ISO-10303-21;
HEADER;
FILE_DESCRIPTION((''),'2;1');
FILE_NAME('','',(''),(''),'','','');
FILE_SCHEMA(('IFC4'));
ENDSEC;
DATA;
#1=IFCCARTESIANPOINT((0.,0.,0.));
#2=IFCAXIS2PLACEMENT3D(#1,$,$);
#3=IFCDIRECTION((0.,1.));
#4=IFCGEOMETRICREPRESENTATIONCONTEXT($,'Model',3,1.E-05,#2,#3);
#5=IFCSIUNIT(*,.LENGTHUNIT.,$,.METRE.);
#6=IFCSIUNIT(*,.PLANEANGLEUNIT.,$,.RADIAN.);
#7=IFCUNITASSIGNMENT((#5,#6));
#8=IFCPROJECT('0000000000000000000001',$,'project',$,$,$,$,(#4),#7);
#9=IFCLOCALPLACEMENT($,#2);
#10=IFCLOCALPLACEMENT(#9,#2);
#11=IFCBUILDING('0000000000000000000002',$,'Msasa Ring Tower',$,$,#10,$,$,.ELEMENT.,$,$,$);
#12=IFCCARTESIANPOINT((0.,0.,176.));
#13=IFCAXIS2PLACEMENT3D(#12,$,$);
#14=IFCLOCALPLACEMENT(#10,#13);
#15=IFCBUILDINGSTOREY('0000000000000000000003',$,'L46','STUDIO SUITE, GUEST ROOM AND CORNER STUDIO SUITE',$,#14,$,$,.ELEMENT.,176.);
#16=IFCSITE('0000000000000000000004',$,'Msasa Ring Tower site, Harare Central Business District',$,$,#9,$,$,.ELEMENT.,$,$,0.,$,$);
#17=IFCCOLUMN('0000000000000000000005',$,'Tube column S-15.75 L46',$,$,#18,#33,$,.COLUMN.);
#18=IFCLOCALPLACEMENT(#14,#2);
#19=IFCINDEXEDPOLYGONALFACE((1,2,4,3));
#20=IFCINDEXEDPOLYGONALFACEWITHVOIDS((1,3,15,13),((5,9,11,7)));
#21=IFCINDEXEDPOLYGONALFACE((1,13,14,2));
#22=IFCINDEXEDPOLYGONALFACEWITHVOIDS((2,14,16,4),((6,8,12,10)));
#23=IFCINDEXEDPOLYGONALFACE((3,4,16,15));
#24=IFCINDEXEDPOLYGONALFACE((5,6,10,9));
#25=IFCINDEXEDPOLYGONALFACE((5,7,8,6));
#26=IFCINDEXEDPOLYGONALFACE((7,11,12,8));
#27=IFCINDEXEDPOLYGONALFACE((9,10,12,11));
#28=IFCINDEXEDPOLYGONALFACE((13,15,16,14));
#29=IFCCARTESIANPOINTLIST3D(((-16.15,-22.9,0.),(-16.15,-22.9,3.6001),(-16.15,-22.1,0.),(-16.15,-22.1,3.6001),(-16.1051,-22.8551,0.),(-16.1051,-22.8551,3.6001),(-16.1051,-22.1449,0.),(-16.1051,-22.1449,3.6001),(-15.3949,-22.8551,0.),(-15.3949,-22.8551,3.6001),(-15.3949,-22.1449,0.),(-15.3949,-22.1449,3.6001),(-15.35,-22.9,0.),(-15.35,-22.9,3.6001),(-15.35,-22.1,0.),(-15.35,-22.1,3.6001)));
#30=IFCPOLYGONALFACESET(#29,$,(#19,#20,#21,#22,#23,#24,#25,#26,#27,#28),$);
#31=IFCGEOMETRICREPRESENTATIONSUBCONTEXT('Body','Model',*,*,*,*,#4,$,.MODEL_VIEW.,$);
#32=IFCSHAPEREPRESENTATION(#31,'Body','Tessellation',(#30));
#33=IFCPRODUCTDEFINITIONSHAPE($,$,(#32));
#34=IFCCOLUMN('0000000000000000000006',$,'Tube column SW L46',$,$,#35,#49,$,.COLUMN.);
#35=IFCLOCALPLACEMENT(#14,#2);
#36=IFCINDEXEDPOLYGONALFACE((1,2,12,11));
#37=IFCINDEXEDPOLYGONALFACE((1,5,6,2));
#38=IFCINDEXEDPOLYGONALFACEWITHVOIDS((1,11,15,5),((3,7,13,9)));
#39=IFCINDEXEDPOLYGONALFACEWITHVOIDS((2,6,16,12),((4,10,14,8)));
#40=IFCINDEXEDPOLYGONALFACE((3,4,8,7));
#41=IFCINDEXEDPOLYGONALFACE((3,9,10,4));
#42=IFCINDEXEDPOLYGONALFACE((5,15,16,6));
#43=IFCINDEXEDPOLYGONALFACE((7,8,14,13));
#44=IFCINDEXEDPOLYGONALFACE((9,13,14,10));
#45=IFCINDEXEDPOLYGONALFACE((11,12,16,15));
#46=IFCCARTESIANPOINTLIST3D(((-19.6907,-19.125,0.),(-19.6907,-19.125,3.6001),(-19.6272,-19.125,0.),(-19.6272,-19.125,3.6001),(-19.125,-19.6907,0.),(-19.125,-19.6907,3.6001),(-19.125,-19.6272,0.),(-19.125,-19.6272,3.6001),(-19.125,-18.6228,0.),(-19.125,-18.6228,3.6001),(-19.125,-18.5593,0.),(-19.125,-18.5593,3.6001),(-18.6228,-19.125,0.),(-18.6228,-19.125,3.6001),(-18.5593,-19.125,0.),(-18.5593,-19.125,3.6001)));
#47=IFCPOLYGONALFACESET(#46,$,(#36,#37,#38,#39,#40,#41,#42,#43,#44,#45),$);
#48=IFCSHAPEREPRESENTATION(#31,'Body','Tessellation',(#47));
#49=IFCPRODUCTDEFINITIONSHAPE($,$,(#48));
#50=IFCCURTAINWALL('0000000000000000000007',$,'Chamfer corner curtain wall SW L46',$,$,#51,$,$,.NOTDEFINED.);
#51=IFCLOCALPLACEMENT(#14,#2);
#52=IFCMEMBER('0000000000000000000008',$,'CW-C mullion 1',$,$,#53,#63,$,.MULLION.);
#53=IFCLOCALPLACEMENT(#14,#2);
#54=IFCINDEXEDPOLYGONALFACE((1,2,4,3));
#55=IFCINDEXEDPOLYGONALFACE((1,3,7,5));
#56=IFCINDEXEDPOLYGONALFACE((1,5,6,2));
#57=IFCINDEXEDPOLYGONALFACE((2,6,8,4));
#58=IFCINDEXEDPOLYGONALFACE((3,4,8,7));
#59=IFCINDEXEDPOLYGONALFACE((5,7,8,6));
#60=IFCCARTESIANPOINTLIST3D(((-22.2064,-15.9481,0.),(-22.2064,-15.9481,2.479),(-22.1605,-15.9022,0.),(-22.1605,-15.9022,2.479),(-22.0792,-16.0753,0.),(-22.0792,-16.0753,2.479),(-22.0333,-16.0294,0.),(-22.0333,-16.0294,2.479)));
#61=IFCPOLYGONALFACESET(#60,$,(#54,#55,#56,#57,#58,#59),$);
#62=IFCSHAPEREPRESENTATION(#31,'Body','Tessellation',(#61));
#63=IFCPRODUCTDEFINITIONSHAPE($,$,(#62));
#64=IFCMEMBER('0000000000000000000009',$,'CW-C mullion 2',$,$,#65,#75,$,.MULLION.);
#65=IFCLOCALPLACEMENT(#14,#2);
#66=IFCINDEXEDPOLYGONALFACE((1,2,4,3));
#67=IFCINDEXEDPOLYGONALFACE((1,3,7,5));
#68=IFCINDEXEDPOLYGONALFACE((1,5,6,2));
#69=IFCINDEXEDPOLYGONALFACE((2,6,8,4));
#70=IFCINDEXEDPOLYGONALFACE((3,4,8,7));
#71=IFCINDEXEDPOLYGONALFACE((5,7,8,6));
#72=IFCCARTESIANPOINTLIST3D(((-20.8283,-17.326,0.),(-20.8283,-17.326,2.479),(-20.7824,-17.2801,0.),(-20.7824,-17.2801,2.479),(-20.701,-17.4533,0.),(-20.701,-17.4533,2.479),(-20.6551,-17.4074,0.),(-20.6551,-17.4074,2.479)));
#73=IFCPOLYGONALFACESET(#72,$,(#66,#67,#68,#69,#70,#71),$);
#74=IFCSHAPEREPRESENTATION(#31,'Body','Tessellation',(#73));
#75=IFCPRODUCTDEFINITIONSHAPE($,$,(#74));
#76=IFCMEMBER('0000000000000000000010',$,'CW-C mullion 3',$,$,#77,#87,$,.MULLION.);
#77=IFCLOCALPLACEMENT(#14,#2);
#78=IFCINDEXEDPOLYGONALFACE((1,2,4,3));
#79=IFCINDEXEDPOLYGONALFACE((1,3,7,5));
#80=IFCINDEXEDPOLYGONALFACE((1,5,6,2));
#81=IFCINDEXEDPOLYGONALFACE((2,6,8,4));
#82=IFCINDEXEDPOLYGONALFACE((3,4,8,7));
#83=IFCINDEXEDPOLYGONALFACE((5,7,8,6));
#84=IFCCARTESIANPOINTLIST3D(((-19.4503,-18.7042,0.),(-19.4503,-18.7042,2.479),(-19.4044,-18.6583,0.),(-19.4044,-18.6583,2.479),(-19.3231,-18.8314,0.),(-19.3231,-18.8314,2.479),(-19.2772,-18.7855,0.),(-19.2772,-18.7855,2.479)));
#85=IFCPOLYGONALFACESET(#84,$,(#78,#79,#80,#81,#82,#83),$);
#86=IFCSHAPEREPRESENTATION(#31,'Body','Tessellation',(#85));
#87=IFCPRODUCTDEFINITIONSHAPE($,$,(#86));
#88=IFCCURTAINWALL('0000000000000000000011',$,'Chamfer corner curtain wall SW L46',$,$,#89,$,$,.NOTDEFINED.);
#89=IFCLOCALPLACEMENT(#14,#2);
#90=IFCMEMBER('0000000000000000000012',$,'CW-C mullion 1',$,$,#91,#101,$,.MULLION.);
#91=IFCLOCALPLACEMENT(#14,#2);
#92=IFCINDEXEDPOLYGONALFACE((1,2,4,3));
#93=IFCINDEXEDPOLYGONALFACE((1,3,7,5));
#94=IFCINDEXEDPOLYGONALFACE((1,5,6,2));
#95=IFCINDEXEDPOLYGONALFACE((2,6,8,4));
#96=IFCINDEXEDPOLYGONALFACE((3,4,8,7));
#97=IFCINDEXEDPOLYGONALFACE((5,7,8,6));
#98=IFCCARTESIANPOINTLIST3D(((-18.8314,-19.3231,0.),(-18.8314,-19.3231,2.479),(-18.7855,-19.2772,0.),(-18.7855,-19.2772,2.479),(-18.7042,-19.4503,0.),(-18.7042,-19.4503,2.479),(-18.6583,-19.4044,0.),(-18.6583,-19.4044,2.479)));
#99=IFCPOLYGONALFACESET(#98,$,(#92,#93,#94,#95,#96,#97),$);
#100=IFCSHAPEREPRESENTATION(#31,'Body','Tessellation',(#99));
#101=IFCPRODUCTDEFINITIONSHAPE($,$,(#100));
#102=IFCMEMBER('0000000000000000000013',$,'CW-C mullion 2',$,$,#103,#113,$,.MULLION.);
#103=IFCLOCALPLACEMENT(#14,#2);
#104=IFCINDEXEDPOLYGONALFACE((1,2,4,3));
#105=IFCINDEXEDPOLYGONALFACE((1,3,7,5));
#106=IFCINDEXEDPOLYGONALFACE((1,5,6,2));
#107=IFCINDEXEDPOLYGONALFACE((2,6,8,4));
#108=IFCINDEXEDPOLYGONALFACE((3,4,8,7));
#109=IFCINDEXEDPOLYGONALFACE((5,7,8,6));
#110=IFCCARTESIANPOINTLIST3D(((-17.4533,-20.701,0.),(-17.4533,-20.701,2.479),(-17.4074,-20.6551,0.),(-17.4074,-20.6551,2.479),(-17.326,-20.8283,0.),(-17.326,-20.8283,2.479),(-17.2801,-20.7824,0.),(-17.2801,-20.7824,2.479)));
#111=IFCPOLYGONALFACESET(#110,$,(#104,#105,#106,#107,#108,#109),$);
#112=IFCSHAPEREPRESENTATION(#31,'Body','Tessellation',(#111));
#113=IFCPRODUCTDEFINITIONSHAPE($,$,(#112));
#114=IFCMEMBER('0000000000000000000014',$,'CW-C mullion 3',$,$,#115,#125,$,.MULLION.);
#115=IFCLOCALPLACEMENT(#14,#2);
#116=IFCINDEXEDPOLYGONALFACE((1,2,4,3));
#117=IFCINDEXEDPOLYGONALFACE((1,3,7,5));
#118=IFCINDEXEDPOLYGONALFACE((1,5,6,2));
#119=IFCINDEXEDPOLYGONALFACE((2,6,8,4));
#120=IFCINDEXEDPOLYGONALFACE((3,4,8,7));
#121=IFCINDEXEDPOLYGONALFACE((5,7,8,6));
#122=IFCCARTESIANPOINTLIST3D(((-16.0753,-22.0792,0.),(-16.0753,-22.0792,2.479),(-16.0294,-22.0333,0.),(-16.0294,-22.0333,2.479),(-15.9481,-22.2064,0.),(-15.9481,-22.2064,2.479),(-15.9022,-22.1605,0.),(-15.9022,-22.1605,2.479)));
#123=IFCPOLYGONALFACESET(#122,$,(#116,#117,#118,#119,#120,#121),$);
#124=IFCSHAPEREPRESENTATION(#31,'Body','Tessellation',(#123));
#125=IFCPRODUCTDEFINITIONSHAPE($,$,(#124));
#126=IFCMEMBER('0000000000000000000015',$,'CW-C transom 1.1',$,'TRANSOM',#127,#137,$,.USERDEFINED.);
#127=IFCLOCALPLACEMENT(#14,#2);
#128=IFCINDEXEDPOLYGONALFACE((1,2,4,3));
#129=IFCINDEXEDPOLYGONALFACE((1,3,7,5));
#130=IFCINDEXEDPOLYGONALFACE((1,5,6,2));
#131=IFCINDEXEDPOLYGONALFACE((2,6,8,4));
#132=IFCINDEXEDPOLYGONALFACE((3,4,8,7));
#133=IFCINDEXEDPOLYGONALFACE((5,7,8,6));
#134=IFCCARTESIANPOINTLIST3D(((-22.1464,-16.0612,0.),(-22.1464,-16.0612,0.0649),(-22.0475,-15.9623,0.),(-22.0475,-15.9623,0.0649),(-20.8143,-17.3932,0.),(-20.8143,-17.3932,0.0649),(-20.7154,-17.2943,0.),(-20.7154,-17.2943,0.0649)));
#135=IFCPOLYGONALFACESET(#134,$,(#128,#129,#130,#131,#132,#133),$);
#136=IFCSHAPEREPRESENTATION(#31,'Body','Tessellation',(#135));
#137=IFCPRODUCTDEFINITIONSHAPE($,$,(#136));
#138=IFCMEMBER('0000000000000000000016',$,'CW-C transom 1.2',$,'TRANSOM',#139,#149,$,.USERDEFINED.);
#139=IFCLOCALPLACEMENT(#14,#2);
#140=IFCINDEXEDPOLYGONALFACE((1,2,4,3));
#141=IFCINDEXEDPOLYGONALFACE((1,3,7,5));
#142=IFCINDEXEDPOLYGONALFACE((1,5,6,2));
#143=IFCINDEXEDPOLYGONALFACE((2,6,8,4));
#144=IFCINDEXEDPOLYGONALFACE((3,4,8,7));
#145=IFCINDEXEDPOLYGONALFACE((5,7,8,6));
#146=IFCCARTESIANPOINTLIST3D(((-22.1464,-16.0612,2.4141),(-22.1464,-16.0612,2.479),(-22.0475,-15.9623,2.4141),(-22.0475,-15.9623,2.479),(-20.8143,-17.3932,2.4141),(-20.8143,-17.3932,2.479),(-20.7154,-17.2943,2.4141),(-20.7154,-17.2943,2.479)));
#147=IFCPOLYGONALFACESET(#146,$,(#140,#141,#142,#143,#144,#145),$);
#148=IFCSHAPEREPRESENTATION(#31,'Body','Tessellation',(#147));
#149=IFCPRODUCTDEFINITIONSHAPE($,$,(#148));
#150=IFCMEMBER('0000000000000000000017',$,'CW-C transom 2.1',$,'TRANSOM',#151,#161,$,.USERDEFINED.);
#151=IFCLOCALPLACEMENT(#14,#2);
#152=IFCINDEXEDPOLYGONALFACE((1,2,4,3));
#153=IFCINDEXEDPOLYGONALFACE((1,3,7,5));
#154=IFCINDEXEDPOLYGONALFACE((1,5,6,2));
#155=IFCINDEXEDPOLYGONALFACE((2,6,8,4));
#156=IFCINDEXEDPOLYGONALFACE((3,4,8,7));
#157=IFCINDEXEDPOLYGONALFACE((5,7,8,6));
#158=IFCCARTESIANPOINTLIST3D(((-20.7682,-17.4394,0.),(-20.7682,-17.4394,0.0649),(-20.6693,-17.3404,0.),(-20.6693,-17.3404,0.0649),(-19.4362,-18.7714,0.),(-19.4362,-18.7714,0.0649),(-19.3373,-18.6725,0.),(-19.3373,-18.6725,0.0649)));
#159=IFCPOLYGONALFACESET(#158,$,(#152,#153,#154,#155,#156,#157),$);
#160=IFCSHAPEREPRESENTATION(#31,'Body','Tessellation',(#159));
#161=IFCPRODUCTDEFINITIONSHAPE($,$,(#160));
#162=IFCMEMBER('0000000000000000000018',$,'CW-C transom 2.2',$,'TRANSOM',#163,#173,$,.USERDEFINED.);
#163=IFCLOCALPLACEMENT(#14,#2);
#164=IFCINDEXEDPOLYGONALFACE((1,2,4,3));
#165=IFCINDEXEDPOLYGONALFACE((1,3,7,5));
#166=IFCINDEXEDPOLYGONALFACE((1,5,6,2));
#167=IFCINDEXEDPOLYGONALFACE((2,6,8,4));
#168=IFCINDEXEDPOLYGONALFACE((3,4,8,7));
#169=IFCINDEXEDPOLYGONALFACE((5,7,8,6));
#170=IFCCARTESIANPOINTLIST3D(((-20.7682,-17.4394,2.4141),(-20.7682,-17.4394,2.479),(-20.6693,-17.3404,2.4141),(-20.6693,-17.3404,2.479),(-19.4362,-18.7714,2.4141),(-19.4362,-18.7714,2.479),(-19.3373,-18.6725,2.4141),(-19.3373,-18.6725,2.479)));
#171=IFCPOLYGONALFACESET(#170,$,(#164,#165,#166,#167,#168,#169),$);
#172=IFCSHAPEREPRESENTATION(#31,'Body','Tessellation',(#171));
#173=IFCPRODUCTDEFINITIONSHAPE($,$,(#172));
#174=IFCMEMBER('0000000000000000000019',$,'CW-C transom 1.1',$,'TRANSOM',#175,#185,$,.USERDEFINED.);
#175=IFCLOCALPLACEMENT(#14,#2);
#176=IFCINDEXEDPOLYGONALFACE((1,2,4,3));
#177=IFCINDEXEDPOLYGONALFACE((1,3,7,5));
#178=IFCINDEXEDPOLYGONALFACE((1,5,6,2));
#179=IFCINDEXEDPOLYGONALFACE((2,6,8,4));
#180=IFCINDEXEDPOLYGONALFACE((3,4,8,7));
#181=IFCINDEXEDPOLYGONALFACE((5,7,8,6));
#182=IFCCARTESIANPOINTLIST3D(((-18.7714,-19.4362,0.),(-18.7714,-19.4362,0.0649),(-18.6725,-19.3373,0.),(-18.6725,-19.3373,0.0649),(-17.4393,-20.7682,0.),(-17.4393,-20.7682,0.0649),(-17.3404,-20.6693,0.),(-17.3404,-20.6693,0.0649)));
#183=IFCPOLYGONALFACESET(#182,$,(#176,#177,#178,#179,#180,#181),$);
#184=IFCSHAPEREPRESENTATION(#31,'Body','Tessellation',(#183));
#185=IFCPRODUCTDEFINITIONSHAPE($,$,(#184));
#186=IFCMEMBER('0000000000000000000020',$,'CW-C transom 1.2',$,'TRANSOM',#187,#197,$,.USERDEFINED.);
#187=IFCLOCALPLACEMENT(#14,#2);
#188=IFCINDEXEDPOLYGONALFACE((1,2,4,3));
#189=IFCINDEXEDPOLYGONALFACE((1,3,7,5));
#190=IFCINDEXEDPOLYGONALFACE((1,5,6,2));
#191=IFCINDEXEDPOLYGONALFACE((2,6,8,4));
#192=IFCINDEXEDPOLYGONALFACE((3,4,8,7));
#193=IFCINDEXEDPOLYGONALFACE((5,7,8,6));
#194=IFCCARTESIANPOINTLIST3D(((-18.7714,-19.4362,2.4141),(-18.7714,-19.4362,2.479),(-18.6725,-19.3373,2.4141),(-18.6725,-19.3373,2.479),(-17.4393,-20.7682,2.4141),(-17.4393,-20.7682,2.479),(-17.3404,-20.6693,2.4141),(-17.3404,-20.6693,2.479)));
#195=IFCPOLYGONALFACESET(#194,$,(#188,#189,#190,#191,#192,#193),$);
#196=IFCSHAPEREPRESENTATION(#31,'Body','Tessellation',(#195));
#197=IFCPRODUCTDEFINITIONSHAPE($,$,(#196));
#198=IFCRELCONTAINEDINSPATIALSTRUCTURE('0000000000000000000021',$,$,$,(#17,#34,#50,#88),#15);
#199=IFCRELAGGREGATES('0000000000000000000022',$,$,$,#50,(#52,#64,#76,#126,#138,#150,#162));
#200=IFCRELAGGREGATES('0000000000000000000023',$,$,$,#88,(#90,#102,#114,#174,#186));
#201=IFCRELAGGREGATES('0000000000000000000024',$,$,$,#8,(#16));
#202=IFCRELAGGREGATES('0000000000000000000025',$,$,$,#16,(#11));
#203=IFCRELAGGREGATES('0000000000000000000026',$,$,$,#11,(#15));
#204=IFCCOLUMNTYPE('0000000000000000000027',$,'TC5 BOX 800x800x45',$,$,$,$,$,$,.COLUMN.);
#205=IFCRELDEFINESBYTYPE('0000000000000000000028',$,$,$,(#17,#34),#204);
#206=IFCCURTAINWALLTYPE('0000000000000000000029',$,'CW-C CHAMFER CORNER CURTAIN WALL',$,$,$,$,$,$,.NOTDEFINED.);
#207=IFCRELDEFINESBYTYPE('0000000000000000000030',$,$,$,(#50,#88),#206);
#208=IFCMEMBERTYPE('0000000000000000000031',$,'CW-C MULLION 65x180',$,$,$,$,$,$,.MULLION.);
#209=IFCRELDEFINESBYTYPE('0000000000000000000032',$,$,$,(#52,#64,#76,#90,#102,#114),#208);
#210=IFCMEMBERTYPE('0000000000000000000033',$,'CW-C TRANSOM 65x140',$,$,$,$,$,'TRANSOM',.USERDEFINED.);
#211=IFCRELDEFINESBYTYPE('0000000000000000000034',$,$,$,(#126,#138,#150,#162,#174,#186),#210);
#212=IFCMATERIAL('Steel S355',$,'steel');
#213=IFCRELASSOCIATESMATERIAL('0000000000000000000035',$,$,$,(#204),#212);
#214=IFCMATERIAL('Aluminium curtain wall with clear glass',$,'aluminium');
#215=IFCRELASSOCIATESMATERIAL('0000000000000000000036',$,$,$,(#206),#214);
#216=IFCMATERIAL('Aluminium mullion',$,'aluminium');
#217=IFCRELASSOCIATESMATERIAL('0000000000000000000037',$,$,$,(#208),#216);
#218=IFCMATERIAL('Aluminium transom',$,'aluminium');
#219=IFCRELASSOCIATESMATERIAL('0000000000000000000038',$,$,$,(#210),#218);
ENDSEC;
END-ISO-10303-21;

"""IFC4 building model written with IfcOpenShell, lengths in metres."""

from ifc_helpers import new_model, si_unit, direction, frame, origin, origin_2d, place, context, subcontext, project, spatial, rectangle, hollow_rectangle, extrude, material, material_profile, profile_set, type_object, element, aggregate, save


model = new_model("IFC4")

# Units and contexts
model_context = context("Model", 3, precision=1e-05, world=origin(), true_north=direction((0.0, 1.0)))
body_context = subcontext(model_context, "Body", "Model", "MODEL_VIEW")
ifc_project = project(units=[si_unit("LENGTHUNIT", "METRE"), si_unit("PLANEANGLEUNIT", "RADIAN")], contexts=[model_context])

# Site, building, storey
site_placement = place(None, origin())
site = spatial("IfcSite", under=ifc_project, at=site_placement, Name="Msasa Ring Tower site, Harare Central Business District", CompositionType="ELEMENT", RefElevation=0.0)
building_placement = place(site_placement, origin())
building = spatial("IfcBuilding", under=site, at=building_placement, Name="Msasa Ring Tower", CompositionType="ELEMENT")
storey_placement = place(building_placement, frame((0.0, 0.0, 176.0)))
storey = spatial("IfcBuildingStorey", under=building, at=storey_placement, Name="L46", Description="STUDIO SUITE, GUEST ROOM AND CORNER STUDIO SUITE", CompositionType="ELEMENT", Elevation=176.0)

# Columns
ifc_material_1 = material(Name="Steel S355", Category="steel")
ifc_material_profile_1 = material_profile(ifc_material_1, hollow_rectangle(XDim=0.8, YDim=0.8, WallThickness=0.0449, at=origin_2d()), Name="BOX 800x800x45")
ifc_profile_set_1 = profile_set([ifc_material_profile_1], Name="Steel S355")
column_type = type_object("IfcColumnType", Name="TC5 BOX 800x800x45", PredefinedType="COLUMN", material=ifc_profile_set_1)
for number, where, z_axis, x_axis, name in (
    (1, (-15.75, -22.5, 0.0), (0.0, 0.0, 1.0), (0.0, 1.0, 0.0), "Tube column S-15.75 L46"),
    (2, (-19.125, -19.125, 0.0), (0.0, 0.0, 1.0), (0.707107, 0.707107, 0.0), "Tube column SW L46"),
):
    element("IfcColumn", number, at=place(storey_placement, frame(where, z_axis=z_axis, x_axis=x_axis)), inside=storey, type_object=column_type, Name=name, PredefinedType="COLUMN", context=body_context, shape_type="SweptSolid", body=[
        extrude(hollow_rectangle(XDim=0.8, YDim=0.8, WallThickness=0.0449, at=origin_2d()), origin(), (0.0, 0.0, 1.0), 3.6001),
    ])

# Curtain walls, members
ifc_material_2 = material(Name="Aluminium curtain wall with clear glass", Category="aluminium")
curtain_wall_type = type_object("IfcCurtainWallType", Name="CW-C CHAMFER CORNER CURTAIN WALL", PredefinedType="NOTDEFINED", material=ifc_material_2)
curtain_wall_1_placement = place(storey_placement, origin())
curtain_wall_1 = element("IfcCurtainWall", 3, at=curtain_wall_1_placement, inside=storey, type_object=curtain_wall_type, Name="Chamfer corner curtain wall SW L46", PredefinedType="NOTDEFINED")
ifc_material_3 = material(Name="Aluminium mullion", Category="aluminium")
ifc_material_profile_2 = material_profile(ifc_material_3, rectangle(XDim=0.0649, YDim=0.1799, at=origin_2d()), Name="AL 65x180")
ifc_profile_set_2 = profile_set([ifc_material_profile_2], Name="Aluminium mullion")
member_type_1 = type_object("IfcMemberType", Name="CW-C MULLION 65x180", PredefinedType="MULLION", material=ifc_profile_set_2)
member_1_placement = place(storey_placement, frame((-22.1199, -15.9888, 0.0), z_axis=(0.0, 0.0, 1.0), x_axis=(0.707107, 0.707107, 0.0)))
member_1 = element("IfcMember", 4, at=member_1_placement, type_object=member_type_1, Name="CW-C mullion 1", PredefinedType="MULLION", context=body_context, shape_type="SweptSolid", body=[
    extrude(rectangle(XDim=0.0649, YDim=0.1799, at=origin_2d()), origin(), (0.0, 0.0, 1.0), 2.479),
])
member_2_placement = place(storey_placement, frame((-20.7417, -17.3667, 0.0), z_axis=(0.0, 0.0, 1.0), x_axis=(0.707107, 0.707107, 0.0)))
member_2 = element("IfcMember", 5, at=member_2_placement, type_object=member_type_1, Name="CW-C mullion 2", PredefinedType="MULLION", context=body_context, shape_type="SweptSolid", body=[
    extrude(rectangle(XDim=0.0649, YDim=0.1799, at=origin_2d()), origin(), (0.0, 0.0, 1.0), 2.479),
])
member_3_placement = place(storey_placement, frame((-19.3638, -18.7449, 0.0), z_axis=(0.0, 0.0, 1.0), x_axis=(0.707107, 0.707107, 0.0)))
member_3 = element("IfcMember", 6, at=member_3_placement, type_object=member_type_1, Name="CW-C mullion 3", PredefinedType="MULLION", context=body_context, shape_type="SweptSolid", body=[
    extrude(rectangle(XDim=0.0649, YDim=0.1799, at=origin_2d()), origin(), (0.0, 0.0, 1.0), 2.479),
])
curtain_wall_2_placement = place(storey_placement, origin())
curtain_wall_2 = element("IfcCurtainWall", 7, at=curtain_wall_2_placement, inside=storey, type_object=curtain_wall_type, Name="Chamfer corner curtain wall SW L46", PredefinedType="NOTDEFINED")
member_4_placement = place(storey_placement, frame((-18.7449, -19.3638, 0.0), z_axis=(0.0, 0.0, 1.0), x_axis=(0.707107, 0.707107, 0.0)))
member_4 = element("IfcMember", 8, at=member_4_placement, type_object=member_type_1, Name="CW-C mullion 1", PredefinedType="MULLION", context=body_context, shape_type="SweptSolid", body=[
    extrude(rectangle(XDim=0.0649, YDim=0.1799, at=origin_2d()), origin(), (0.0, 0.0, 1.0), 2.479),
])
member_5_placement = place(storey_placement, frame((-17.3667, -20.7417, 0.0), z_axis=(0.0, 0.0, 1.0), x_axis=(0.707107, 0.707107, 0.0)))
member_5 = element("IfcMember", 9, at=member_5_placement, type_object=member_type_1, Name="CW-C mullion 2", PredefinedType="MULLION", context=body_context, shape_type="SweptSolid", body=[
    extrude(rectangle(XDim=0.0649, YDim=0.1799, at=origin_2d()), origin(), (0.0, 0.0, 1.0), 2.479),
])
member_6_placement = place(storey_placement, frame((-15.9888, -22.1199, 0.0), z_axis=(0.0, 0.0, 1.0), x_axis=(0.707107, 0.707107, 0.0)))
member_6 = element("IfcMember", 10, at=member_6_placement, type_object=member_type_1, Name="CW-C mullion 3", PredefinedType="MULLION", context=body_context, shape_type="SweptSolid", body=[
    extrude(rectangle(XDim=0.0649, YDim=0.1799, at=origin_2d()), origin(), (0.0, 0.0, 1.0), 2.479),
])

# Members
ifc_material_4 = material(Name="Aluminium transom", Category="aluminium")
ifc_material_profile_3 = material_profile(ifc_material_4, rectangle(XDim=0.1399, YDim=0.0649, at=origin_2d()), Name="AL 65x140")
ifc_profile_set_3 = profile_set([ifc_material_profile_3], Name="Aluminium transom")
member_type_2 = type_object("IfcMemberType", Name="CW-C TRANSOM 65x140", ElementType="TRANSOM", PredefinedType="USERDEFINED", material=ifc_profile_set_3)
member_7_placement = place(storey_placement, frame((-22.0969, -16.0117, 0.0325), z_axis=(0.707107, -0.707107, 0.0), x_axis=(0.707107, 0.707107, 0.0)))
member_7 = element("IfcMember", 11, at=member_7_placement, type_object=member_type_2, Name="CW-C transom 1.1", ObjectType="TRANSOM", PredefinedType="USERDEFINED", context=body_context, shape_type="SweptSolid", body=[
    extrude(rectangle(XDim=0.1399, YDim=0.0649, at=origin_2d()), origin(), (0.0, 0.0, 1.0), 1.8838),
])
member_8_placement = place(storey_placement, frame((-22.0969, -16.0117, 2.4465), z_axis=(0.707107, -0.707107, 0.0), x_axis=(0.707107, 0.707107, 0.0)))
member_8 = element("IfcMember", 12, at=member_8_placement, type_object=member_type_2, Name="CW-C transom 1.2", ObjectType="TRANSOM", PredefinedType="USERDEFINED", context=body_context, shape_type="SweptSolid", body=[
    extrude(rectangle(XDim=0.1399, YDim=0.0649, at=origin_2d()), origin(), (0.0, 0.0, 1.0), 1.8838),
])
member_9_placement = place(storey_placement, frame((-20.7188, -17.3899, 0.0325), z_axis=(0.707107, -0.707107, 0.0), x_axis=(0.707107, 0.707107, 0.0)))
member_9 = element("IfcMember", 13, at=member_9_placement, type_object=member_type_2, Name="CW-C transom 2.1", ObjectType="TRANSOM", PredefinedType="USERDEFINED", context=body_context, shape_type="SweptSolid", body=[
    extrude(rectangle(XDim=0.1399, YDim=0.0649, at=origin_2d()), origin(), (0.0, 0.0, 1.0), 1.8838),
])
member_10_placement = place(storey_placement, frame((-20.7188, -17.3899, 2.4465), z_axis=(0.707107, -0.707107, 0.0), x_axis=(0.707107, 0.707107, 0.0)))
member_10 = element("IfcMember", 14, at=member_10_placement, type_object=member_type_2, Name="CW-C transom 2.2", ObjectType="TRANSOM", PredefinedType="USERDEFINED", context=body_context, shape_type="SweptSolid", body=[
    extrude(rectangle(XDim=0.1399, YDim=0.0649, at=origin_2d()), origin(), (0.0, 0.0, 1.0), 1.8838),
])
member_11_placement = place(storey_placement, frame((-18.7219, -19.3867, 0.0325), z_axis=(0.707107, -0.707107, 0.0), x_axis=(0.707107, 0.707107, 0.0)))
member_11 = element("IfcMember", 15, at=member_11_placement, type_object=member_type_2, Name="CW-C transom 1.1", ObjectType="TRANSOM", PredefinedType="USERDEFINED", context=body_context, shape_type="SweptSolid", body=[
    extrude(rectangle(XDim=0.1399, YDim=0.0649, at=origin_2d()), origin(), (0.0, 0.0, 1.0), 1.8838),
])
member_12_placement = place(storey_placement, frame((-18.7219, -19.3867, 2.4465), z_axis=(0.707107, -0.707107, 0.0), x_axis=(0.707107, 0.707107, 0.0)))
member_12 = element("IfcMember", 16, at=member_12_placement, type_object=member_type_2, Name="CW-C transom 1.2", ObjectType="TRANSOM", PredefinedType="USERDEFINED", context=body_context, shape_type="SweptSolid", body=[
    extrude(rectangle(XDim=0.1399, YDim=0.0649, at=origin_2d()), origin(), (0.0, 0.0, 1.0), 1.8838),
])

aggregate(curtain_wall_1, [member_1, member_2, member_3, member_7, member_8, member_9, member_10])
aggregate(curtain_wall_2, [member_4, member_5, member_6, member_11, member_12])

save(model, "model.ifc")
